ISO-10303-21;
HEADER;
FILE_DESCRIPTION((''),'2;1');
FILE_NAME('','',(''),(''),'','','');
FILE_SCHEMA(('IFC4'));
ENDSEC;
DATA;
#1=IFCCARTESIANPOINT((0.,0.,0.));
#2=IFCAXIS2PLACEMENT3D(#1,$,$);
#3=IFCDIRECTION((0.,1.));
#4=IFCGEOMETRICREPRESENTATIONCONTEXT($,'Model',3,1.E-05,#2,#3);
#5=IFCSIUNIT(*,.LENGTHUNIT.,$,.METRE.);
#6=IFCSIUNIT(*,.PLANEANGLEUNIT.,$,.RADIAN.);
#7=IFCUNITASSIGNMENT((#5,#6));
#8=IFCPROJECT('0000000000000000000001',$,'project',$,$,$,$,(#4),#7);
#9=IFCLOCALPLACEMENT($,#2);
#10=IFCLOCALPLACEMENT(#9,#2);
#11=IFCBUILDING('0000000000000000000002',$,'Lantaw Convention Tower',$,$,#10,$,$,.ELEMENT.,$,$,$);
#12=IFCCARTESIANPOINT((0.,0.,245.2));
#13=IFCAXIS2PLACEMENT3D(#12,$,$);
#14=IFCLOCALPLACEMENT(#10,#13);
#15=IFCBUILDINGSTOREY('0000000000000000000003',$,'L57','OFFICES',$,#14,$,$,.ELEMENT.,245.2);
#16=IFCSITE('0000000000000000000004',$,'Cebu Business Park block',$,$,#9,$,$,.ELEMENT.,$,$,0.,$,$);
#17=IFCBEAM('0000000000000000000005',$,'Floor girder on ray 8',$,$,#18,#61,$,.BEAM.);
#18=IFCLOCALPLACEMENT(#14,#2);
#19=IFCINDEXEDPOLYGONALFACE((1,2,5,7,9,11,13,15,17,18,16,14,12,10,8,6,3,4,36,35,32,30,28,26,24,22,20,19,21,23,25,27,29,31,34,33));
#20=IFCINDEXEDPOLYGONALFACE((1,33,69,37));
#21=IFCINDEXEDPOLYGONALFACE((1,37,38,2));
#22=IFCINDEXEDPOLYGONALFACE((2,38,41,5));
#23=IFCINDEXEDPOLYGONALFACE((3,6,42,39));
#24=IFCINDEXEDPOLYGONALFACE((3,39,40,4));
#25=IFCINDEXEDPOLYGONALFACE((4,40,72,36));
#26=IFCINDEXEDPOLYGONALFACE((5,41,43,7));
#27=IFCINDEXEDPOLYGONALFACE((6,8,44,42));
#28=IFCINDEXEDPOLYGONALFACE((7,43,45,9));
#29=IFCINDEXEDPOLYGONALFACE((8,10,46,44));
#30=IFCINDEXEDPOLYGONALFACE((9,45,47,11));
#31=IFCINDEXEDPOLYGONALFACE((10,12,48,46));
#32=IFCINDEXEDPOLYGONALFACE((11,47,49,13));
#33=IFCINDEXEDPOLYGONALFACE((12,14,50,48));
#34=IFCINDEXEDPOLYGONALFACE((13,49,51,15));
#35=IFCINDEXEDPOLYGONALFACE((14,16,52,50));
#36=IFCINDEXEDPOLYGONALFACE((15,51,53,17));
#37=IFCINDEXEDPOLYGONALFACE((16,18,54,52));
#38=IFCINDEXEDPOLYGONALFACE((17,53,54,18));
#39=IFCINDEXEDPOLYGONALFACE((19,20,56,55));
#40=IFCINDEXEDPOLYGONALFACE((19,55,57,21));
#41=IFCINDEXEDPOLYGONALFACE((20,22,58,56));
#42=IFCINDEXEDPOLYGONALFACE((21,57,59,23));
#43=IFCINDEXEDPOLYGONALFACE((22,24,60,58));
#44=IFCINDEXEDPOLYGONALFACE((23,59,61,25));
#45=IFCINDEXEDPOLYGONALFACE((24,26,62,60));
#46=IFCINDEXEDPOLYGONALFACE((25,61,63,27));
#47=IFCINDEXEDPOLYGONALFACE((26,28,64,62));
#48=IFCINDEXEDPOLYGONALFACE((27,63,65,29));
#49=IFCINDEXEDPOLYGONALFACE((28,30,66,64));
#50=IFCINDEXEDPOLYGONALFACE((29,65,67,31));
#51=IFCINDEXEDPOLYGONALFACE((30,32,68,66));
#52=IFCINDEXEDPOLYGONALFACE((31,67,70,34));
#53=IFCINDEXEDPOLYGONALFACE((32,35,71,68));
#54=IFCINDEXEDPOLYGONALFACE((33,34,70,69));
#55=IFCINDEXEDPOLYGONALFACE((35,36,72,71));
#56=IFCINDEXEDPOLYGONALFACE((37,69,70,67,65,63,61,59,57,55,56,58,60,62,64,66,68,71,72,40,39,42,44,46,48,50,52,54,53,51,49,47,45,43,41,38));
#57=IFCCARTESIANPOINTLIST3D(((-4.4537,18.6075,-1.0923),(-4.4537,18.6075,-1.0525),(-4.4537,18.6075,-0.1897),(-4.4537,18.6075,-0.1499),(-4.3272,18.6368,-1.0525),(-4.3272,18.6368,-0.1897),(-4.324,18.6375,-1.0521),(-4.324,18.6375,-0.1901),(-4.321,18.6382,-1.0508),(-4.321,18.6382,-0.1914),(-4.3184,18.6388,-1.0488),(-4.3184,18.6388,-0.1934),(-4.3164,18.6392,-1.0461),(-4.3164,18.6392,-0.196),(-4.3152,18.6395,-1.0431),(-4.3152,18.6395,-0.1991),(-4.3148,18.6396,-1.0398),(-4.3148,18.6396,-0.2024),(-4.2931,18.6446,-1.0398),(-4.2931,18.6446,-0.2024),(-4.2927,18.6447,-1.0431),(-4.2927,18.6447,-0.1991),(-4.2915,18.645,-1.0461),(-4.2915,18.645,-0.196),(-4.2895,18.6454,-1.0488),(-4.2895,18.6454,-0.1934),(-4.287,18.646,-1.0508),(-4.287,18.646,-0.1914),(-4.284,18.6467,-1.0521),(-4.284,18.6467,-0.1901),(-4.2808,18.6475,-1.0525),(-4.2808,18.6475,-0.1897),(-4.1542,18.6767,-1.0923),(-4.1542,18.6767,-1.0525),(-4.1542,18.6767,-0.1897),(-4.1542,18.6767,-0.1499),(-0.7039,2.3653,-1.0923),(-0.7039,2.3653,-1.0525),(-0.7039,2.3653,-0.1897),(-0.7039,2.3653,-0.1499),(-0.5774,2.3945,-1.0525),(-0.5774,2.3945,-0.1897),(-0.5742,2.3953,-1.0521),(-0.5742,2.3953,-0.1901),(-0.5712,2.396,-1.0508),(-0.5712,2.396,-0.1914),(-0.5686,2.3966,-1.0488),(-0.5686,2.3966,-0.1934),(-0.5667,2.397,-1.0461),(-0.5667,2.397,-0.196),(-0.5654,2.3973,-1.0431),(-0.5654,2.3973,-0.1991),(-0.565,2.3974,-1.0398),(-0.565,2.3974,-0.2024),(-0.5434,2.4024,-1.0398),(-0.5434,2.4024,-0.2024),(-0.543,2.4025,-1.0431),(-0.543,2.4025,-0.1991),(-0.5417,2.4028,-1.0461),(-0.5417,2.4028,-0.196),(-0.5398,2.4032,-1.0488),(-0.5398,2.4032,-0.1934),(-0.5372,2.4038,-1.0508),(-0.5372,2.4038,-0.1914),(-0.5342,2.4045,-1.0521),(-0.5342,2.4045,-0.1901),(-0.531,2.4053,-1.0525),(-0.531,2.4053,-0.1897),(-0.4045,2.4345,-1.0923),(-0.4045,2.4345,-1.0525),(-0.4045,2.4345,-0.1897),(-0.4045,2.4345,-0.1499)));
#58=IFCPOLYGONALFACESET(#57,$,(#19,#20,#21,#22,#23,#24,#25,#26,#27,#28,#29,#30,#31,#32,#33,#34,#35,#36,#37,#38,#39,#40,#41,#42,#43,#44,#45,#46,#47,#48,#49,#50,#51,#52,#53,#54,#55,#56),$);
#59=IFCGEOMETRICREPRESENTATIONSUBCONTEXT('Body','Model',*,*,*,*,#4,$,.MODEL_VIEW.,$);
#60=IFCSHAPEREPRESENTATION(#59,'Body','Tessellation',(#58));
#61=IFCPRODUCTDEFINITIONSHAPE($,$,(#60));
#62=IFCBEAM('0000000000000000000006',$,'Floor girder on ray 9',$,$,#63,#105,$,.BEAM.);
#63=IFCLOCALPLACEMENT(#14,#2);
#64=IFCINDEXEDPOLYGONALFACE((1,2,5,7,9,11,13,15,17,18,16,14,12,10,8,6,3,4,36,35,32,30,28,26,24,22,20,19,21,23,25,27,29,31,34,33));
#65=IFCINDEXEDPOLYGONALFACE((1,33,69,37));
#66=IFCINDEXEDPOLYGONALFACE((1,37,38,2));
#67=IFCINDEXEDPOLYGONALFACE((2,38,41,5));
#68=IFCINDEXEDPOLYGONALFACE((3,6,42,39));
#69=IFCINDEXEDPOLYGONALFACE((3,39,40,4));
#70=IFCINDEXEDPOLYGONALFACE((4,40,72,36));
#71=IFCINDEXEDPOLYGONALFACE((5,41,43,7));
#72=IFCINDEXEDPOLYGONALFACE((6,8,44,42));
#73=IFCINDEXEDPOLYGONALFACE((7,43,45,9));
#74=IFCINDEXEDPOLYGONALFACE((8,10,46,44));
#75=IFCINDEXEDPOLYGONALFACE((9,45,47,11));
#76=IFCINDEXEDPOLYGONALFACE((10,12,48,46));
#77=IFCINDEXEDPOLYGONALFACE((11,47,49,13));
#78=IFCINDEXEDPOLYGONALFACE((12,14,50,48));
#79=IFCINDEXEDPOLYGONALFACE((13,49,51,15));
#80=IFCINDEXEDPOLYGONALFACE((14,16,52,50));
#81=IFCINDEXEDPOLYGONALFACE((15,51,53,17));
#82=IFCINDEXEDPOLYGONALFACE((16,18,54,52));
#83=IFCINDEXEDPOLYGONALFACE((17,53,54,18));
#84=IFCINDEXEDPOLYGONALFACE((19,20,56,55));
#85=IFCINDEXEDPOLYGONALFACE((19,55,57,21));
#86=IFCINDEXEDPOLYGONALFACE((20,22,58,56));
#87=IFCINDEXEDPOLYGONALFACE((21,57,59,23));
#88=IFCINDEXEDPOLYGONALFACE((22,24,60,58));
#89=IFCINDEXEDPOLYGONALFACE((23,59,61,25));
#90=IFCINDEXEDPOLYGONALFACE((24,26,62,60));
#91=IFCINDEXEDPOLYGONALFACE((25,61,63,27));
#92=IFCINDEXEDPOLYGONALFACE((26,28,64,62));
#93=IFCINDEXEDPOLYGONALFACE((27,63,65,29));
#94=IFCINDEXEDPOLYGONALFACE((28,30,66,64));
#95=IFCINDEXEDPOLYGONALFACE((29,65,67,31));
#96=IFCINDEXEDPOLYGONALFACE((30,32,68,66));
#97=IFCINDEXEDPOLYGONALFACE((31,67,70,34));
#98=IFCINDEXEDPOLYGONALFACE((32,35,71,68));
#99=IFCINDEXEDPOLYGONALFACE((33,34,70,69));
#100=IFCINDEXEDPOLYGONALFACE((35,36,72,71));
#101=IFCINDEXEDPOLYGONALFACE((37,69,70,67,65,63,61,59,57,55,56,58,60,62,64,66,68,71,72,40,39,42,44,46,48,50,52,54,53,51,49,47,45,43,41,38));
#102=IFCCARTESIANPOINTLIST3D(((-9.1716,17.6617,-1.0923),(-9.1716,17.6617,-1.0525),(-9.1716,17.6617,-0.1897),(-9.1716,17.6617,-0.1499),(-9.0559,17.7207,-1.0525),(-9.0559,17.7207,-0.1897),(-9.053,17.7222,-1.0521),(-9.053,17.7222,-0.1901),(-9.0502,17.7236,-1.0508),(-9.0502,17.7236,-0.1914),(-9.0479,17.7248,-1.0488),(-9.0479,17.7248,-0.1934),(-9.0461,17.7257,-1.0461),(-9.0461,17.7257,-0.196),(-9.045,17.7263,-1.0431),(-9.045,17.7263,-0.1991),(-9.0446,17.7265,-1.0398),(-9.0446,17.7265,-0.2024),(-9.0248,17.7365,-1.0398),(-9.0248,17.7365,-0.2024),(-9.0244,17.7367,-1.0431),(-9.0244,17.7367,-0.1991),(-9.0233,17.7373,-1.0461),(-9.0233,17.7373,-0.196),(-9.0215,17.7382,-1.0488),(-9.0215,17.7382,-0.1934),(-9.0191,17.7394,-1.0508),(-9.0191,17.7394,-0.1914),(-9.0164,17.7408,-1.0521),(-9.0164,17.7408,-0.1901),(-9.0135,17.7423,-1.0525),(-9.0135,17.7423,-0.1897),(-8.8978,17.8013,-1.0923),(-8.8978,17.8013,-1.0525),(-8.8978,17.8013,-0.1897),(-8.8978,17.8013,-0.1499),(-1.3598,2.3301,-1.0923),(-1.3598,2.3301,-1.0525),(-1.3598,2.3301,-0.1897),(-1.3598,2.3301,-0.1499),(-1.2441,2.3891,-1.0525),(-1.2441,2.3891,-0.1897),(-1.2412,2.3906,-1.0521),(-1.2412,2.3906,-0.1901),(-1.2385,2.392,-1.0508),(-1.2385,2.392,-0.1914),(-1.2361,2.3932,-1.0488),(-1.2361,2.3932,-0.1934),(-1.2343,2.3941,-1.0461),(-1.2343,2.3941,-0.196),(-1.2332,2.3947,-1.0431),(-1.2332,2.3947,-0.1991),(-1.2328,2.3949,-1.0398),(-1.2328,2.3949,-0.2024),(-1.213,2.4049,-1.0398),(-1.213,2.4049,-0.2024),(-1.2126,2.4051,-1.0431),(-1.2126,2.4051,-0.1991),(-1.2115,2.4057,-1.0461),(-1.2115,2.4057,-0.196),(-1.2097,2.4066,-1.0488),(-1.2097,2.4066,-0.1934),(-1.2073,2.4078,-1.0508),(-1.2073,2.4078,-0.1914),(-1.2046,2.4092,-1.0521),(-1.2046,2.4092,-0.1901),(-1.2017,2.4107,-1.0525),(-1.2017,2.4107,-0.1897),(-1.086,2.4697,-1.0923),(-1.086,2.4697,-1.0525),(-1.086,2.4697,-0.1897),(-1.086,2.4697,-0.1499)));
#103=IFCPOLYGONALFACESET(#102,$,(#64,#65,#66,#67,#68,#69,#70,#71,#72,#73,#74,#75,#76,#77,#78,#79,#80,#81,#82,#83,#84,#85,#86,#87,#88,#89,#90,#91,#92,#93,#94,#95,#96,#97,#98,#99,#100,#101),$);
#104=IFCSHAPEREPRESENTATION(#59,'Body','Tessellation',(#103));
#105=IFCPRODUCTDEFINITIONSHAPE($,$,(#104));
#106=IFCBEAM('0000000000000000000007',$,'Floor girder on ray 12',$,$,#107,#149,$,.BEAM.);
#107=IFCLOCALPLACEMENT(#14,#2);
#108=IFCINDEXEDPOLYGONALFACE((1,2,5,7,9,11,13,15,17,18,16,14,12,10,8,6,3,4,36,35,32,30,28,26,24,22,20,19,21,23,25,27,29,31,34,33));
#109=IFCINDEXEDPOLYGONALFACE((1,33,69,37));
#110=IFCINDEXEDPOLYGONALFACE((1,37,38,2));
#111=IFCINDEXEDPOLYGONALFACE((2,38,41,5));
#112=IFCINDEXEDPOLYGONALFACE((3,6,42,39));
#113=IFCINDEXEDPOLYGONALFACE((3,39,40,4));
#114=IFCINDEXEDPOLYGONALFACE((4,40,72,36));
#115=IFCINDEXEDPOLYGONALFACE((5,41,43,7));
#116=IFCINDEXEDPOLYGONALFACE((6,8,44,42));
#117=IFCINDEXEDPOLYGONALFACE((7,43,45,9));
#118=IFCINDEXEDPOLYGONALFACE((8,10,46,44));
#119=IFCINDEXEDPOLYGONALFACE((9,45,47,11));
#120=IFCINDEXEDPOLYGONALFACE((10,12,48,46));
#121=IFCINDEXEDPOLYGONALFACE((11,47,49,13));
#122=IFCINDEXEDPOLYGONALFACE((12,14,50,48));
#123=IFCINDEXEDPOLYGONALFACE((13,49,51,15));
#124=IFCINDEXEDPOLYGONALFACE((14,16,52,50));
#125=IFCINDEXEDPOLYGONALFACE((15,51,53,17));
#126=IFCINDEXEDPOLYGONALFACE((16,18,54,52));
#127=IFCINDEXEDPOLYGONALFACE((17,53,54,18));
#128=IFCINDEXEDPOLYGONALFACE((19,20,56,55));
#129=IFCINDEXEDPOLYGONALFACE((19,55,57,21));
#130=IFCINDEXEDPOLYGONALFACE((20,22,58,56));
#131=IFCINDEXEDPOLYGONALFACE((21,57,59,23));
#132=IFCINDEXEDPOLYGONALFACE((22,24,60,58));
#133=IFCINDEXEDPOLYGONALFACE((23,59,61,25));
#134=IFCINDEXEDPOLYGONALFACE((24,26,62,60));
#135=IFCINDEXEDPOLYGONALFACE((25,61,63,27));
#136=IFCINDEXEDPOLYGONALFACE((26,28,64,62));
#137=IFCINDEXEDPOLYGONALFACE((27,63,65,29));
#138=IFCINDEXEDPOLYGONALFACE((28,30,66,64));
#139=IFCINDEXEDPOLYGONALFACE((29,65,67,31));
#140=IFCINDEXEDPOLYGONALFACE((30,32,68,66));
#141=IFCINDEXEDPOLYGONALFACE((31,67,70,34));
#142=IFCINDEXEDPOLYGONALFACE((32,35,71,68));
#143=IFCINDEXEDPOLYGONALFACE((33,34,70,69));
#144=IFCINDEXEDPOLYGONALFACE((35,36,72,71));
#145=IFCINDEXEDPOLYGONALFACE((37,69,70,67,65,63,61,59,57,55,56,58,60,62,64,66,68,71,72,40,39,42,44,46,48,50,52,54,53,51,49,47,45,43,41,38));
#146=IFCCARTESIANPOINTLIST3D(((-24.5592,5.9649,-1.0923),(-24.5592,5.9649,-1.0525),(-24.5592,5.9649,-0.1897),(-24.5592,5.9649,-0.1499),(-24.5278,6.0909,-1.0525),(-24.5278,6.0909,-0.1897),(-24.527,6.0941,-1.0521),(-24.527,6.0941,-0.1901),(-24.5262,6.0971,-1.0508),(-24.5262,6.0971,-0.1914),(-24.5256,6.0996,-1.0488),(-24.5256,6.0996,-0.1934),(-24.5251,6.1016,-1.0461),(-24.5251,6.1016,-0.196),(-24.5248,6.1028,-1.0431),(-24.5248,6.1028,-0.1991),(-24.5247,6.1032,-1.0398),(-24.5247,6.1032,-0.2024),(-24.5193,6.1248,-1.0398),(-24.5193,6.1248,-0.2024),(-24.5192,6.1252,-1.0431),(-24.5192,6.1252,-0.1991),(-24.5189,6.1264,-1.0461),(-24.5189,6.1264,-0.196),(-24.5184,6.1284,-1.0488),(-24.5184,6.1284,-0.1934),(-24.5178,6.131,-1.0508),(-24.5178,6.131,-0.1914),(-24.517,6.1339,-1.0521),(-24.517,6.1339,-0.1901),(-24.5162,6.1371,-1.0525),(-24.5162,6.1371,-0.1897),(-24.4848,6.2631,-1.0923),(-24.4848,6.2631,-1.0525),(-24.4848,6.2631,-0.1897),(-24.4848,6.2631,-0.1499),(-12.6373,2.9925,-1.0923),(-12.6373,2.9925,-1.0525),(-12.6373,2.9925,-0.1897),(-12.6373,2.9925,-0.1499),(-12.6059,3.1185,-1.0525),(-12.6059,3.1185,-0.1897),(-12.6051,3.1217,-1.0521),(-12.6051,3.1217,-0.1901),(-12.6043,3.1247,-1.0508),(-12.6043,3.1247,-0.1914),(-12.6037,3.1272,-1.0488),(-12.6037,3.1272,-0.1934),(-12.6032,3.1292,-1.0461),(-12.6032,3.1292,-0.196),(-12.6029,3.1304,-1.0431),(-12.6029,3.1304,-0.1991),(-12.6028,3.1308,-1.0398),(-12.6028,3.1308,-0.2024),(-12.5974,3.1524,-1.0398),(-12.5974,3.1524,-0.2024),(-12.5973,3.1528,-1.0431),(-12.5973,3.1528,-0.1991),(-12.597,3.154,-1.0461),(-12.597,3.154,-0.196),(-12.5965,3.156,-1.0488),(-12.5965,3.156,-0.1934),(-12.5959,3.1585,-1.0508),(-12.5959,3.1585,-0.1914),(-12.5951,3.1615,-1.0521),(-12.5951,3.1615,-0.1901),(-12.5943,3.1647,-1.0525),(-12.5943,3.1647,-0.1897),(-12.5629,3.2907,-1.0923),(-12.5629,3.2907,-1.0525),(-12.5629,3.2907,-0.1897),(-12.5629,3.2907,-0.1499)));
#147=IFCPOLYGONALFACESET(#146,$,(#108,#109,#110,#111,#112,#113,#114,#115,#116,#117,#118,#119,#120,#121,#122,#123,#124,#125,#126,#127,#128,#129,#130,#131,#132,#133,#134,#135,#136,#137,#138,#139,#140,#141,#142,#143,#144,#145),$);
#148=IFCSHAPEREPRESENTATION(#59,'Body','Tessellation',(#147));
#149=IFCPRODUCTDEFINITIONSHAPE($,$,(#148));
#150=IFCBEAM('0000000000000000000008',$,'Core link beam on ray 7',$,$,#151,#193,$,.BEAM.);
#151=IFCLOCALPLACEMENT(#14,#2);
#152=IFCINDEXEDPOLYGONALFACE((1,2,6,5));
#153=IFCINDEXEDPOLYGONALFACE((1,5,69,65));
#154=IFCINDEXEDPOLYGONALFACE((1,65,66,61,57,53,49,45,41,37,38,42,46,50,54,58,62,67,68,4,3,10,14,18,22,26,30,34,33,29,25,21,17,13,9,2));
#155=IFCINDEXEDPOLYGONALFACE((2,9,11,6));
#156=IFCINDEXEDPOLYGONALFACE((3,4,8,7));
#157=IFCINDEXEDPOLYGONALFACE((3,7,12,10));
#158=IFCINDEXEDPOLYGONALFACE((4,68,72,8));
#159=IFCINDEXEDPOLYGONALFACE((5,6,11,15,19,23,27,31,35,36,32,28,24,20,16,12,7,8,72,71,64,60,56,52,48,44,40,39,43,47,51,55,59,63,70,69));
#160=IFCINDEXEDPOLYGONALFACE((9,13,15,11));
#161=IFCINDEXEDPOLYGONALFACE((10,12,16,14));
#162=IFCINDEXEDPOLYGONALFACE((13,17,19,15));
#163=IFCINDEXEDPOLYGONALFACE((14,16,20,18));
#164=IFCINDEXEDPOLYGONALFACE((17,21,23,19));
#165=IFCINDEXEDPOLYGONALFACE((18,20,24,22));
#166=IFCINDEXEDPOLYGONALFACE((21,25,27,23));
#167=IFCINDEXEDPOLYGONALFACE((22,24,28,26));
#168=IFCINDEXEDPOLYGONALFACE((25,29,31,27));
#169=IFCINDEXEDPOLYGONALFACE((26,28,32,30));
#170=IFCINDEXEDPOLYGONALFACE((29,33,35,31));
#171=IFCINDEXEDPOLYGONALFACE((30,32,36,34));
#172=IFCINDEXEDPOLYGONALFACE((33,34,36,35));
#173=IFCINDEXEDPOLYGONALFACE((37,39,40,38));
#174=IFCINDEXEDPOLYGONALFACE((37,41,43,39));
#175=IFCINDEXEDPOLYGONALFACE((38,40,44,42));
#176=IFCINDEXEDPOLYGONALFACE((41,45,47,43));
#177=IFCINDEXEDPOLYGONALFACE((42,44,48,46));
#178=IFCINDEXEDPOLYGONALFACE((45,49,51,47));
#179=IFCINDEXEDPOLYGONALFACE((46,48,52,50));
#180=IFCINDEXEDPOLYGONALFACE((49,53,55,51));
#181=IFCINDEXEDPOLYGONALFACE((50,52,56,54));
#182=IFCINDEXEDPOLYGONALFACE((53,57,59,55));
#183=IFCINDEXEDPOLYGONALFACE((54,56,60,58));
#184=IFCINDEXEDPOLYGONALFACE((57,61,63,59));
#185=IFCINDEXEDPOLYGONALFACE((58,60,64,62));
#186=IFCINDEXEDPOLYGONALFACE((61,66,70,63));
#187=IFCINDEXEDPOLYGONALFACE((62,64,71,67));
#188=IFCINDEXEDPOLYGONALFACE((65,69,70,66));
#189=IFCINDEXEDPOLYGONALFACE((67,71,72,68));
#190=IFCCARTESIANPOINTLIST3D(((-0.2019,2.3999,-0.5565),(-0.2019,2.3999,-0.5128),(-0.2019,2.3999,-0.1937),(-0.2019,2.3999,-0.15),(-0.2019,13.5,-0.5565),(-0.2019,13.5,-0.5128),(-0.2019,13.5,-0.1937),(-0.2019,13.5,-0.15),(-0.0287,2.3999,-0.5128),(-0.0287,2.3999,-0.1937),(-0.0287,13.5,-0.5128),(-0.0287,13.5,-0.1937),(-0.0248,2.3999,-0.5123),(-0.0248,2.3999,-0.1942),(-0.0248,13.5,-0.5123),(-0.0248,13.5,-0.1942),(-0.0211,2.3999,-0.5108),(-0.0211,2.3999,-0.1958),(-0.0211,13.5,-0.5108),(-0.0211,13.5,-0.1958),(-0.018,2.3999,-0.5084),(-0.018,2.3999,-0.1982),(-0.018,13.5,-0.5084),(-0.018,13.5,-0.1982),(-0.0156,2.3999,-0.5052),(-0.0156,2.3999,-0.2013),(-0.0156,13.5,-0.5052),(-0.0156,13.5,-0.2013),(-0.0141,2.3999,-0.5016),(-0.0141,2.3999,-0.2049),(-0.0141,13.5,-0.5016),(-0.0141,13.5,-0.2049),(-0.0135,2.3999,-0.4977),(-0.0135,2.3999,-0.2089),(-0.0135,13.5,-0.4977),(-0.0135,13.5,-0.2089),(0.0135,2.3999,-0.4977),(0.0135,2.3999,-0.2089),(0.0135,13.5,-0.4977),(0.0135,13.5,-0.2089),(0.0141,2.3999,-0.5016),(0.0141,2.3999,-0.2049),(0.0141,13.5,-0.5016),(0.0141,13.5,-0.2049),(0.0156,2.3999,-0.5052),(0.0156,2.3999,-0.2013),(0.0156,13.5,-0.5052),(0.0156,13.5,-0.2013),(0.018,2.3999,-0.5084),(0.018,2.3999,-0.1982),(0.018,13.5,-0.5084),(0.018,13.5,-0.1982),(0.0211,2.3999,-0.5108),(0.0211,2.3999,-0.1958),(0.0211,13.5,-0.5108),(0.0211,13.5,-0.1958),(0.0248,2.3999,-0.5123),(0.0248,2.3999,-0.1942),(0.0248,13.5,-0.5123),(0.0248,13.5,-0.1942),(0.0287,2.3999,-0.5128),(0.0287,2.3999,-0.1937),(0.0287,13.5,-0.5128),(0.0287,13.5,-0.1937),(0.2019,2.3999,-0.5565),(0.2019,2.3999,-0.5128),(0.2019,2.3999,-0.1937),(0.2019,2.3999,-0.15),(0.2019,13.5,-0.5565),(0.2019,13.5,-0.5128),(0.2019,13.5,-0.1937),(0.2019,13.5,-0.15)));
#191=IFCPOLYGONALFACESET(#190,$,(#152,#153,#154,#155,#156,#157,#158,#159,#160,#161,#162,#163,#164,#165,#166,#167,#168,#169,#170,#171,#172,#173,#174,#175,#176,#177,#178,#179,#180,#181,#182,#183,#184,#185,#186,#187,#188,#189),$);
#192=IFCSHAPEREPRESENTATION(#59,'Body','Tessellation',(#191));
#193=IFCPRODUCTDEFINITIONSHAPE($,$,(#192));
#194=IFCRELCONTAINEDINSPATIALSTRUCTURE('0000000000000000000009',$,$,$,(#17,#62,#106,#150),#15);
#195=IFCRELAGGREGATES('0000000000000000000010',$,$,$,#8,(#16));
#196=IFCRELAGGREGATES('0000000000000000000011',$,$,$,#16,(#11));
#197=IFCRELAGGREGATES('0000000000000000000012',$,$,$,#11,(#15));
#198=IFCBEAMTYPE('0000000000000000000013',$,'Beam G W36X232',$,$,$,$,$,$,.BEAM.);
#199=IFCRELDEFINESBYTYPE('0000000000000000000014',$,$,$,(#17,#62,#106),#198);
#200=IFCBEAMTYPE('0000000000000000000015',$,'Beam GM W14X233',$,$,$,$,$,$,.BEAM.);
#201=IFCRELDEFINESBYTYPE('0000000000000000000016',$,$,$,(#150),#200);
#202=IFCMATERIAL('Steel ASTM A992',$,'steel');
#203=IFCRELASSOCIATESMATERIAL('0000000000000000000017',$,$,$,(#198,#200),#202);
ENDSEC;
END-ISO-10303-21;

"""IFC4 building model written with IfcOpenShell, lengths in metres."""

from ifc_helpers import new_model, si_unit, direction, frame, origin, origin_2d, place, context, subcontext, project, spatial, i_section, extrude, material, material_profile, profile_set, type_object, element, save


model = new_model("IFC4")

# Units and contexts
model_context = context("Model", 3, precision=1e-05, world=origin(), true_north=direction((0.0, 1.0)))
body_context = subcontext(model_context, "Body", "Model", "MODEL_VIEW")
ifc_project = project(units=[si_unit("LENGTHUNIT", "METRE"), si_unit("PLANEANGLEUNIT", "RADIAN")], contexts=[model_context])

# Site, building, storey
site_placement = place(None, origin())
site = spatial("IfcSite", under=ifc_project, at=site_placement, Name="Cebu Business Park block", CompositionType="ELEMENT", RefElevation=0.0)
building_placement = place(site_placement, origin())
building = spatial("IfcBuilding", under=site, at=building_placement, Name="Lantaw Convention Tower", CompositionType="ELEMENT")
storey_placement = place(building_placement, frame((0.0, 0.0, 245.2)))
storey = spatial("IfcBuildingStorey", under=building, at=storey_placement, Name="L57", Description="OFFICES", CompositionType="ELEMENT", Elevation=245.2)

# Beams
ifc_material_1 = material(Name="Steel ASTM A992", Category="steel")
ifc_material_profile_1 = material_profile(ifc_material_1, i_section(OverallWidth=0.3074, OverallDepth=0.9424, WebThickness=0.0222, FlangeThickness=0.0398, FilletRadius=0.0127, at=origin_2d()), Name="W36X232")
ifc_profile_set_1 = profile_set([ifc_material_profile_1], Name="Steel ASTM A992")
beam_type_1 = type_object("IfcBeamType", Name="Beam G W36X232", PredefinedType="BEAM", material=ifc_profile_set_1)
beam_1_placement = place(storey_placement, frame((-0.5542, 2.3999, -0.6211), z_axis=(-0.224948, 0.974371, 0.0), x_axis=(-0.974371, -0.224948, 0.0)))
element("IfcBeam", 1, at=beam_1_placement, inside=storey, type_object=beam_type_1, Name="Floor girder on ray 8", PredefinedType="BEAM", context=body_context, shape_type="SweptSolid", body=[
    extrude(i_section(OverallWidth=0.3074, OverallDepth=0.9424, WebThickness=0.0222, FlangeThickness=0.0398, FilletRadius=0.0127, at=origin_2d()), origin(), (0.0, 0.0, 1.0), 16.6694),
])
beam_2_placement = place(storey_placement, frame((-1.2229, 2.3999, -0.6211), z_axis=(-0.453988, 0.891008, 0.0), x_axis=(-0.891008, -0.453988, 0.0)))
element("IfcBeam", 2, at=beam_2_placement, inside=storey, type_object=beam_type_1, Name="Floor girder on ray 9", PredefinedType="BEAM", context=body_context, shape_type="SweptSolid", body=[
    extrude(i_section(OverallWidth=0.3074, OverallDepth=0.9424, WebThickness=0.0222, FlangeThickness=0.0398, FilletRadius=0.0127, at=origin_2d()), origin(), (0.0, 0.0, 1.0), 17.207),
])
beam_3_placement = place(storey_placement, frame((-12.6001, 3.1416, -0.6211), z_axis=(-0.970297, 0.241918, 0.0), x_axis=(-0.241918, -0.970297, 0.0)))
element("IfcBeam", 3, at=beam_3_placement, inside=storey, type_object=beam_type_1, Name="Floor girder on ray 12", PredefinedType="BEAM", context=body_context, shape_type="SweptSolid", body=[
    extrude(i_section(OverallWidth=0.3074, OverallDepth=0.9424, WebThickness=0.0222, FlangeThickness=0.0398, FilletRadius=0.0127, at=origin_2d()), origin(), (0.0, 0.0, 1.0), 12.2869),
])
ifc_material_profile_2 = material_profile(ifc_material_1, i_section(OverallWidth=0.4038, OverallDepth=0.4065, WebThickness=0.0271, FlangeThickness=0.0437, FilletRadius=0.0151, at=origin_2d()), Name="W14X233")
ifc_profile_set_2 = profile_set([ifc_material_profile_2], Name="Steel ASTM A992")
beam_type_2 = type_object("IfcBeamType", Name="Beam GM W14X233", PredefinedType="BEAM", material=ifc_profile_set_2)
beam_4_placement = place(storey_placement, frame((0.0, 2.3999, -0.3533), z_axis=(0.0, 1.0, 0.0), x_axis=(-1.0, 0.0, 0.0)))
element("IfcBeam", 4, at=beam_4_placement, inside=storey, type_object=beam_type_2, Name="Core link beam on ray 7", PredefinedType="BEAM", context=body_context, shape_type="SweptSolid", body=[
    extrude(i_section(OverallWidth=0.4038, OverallDepth=0.4065, WebThickness=0.0271, FlangeThickness=0.0437, FilletRadius=0.0151, at=origin_2d()), origin(), (0.0, 0.0, 1.0), 11.1001),
])

save(model, "model.ifc")
